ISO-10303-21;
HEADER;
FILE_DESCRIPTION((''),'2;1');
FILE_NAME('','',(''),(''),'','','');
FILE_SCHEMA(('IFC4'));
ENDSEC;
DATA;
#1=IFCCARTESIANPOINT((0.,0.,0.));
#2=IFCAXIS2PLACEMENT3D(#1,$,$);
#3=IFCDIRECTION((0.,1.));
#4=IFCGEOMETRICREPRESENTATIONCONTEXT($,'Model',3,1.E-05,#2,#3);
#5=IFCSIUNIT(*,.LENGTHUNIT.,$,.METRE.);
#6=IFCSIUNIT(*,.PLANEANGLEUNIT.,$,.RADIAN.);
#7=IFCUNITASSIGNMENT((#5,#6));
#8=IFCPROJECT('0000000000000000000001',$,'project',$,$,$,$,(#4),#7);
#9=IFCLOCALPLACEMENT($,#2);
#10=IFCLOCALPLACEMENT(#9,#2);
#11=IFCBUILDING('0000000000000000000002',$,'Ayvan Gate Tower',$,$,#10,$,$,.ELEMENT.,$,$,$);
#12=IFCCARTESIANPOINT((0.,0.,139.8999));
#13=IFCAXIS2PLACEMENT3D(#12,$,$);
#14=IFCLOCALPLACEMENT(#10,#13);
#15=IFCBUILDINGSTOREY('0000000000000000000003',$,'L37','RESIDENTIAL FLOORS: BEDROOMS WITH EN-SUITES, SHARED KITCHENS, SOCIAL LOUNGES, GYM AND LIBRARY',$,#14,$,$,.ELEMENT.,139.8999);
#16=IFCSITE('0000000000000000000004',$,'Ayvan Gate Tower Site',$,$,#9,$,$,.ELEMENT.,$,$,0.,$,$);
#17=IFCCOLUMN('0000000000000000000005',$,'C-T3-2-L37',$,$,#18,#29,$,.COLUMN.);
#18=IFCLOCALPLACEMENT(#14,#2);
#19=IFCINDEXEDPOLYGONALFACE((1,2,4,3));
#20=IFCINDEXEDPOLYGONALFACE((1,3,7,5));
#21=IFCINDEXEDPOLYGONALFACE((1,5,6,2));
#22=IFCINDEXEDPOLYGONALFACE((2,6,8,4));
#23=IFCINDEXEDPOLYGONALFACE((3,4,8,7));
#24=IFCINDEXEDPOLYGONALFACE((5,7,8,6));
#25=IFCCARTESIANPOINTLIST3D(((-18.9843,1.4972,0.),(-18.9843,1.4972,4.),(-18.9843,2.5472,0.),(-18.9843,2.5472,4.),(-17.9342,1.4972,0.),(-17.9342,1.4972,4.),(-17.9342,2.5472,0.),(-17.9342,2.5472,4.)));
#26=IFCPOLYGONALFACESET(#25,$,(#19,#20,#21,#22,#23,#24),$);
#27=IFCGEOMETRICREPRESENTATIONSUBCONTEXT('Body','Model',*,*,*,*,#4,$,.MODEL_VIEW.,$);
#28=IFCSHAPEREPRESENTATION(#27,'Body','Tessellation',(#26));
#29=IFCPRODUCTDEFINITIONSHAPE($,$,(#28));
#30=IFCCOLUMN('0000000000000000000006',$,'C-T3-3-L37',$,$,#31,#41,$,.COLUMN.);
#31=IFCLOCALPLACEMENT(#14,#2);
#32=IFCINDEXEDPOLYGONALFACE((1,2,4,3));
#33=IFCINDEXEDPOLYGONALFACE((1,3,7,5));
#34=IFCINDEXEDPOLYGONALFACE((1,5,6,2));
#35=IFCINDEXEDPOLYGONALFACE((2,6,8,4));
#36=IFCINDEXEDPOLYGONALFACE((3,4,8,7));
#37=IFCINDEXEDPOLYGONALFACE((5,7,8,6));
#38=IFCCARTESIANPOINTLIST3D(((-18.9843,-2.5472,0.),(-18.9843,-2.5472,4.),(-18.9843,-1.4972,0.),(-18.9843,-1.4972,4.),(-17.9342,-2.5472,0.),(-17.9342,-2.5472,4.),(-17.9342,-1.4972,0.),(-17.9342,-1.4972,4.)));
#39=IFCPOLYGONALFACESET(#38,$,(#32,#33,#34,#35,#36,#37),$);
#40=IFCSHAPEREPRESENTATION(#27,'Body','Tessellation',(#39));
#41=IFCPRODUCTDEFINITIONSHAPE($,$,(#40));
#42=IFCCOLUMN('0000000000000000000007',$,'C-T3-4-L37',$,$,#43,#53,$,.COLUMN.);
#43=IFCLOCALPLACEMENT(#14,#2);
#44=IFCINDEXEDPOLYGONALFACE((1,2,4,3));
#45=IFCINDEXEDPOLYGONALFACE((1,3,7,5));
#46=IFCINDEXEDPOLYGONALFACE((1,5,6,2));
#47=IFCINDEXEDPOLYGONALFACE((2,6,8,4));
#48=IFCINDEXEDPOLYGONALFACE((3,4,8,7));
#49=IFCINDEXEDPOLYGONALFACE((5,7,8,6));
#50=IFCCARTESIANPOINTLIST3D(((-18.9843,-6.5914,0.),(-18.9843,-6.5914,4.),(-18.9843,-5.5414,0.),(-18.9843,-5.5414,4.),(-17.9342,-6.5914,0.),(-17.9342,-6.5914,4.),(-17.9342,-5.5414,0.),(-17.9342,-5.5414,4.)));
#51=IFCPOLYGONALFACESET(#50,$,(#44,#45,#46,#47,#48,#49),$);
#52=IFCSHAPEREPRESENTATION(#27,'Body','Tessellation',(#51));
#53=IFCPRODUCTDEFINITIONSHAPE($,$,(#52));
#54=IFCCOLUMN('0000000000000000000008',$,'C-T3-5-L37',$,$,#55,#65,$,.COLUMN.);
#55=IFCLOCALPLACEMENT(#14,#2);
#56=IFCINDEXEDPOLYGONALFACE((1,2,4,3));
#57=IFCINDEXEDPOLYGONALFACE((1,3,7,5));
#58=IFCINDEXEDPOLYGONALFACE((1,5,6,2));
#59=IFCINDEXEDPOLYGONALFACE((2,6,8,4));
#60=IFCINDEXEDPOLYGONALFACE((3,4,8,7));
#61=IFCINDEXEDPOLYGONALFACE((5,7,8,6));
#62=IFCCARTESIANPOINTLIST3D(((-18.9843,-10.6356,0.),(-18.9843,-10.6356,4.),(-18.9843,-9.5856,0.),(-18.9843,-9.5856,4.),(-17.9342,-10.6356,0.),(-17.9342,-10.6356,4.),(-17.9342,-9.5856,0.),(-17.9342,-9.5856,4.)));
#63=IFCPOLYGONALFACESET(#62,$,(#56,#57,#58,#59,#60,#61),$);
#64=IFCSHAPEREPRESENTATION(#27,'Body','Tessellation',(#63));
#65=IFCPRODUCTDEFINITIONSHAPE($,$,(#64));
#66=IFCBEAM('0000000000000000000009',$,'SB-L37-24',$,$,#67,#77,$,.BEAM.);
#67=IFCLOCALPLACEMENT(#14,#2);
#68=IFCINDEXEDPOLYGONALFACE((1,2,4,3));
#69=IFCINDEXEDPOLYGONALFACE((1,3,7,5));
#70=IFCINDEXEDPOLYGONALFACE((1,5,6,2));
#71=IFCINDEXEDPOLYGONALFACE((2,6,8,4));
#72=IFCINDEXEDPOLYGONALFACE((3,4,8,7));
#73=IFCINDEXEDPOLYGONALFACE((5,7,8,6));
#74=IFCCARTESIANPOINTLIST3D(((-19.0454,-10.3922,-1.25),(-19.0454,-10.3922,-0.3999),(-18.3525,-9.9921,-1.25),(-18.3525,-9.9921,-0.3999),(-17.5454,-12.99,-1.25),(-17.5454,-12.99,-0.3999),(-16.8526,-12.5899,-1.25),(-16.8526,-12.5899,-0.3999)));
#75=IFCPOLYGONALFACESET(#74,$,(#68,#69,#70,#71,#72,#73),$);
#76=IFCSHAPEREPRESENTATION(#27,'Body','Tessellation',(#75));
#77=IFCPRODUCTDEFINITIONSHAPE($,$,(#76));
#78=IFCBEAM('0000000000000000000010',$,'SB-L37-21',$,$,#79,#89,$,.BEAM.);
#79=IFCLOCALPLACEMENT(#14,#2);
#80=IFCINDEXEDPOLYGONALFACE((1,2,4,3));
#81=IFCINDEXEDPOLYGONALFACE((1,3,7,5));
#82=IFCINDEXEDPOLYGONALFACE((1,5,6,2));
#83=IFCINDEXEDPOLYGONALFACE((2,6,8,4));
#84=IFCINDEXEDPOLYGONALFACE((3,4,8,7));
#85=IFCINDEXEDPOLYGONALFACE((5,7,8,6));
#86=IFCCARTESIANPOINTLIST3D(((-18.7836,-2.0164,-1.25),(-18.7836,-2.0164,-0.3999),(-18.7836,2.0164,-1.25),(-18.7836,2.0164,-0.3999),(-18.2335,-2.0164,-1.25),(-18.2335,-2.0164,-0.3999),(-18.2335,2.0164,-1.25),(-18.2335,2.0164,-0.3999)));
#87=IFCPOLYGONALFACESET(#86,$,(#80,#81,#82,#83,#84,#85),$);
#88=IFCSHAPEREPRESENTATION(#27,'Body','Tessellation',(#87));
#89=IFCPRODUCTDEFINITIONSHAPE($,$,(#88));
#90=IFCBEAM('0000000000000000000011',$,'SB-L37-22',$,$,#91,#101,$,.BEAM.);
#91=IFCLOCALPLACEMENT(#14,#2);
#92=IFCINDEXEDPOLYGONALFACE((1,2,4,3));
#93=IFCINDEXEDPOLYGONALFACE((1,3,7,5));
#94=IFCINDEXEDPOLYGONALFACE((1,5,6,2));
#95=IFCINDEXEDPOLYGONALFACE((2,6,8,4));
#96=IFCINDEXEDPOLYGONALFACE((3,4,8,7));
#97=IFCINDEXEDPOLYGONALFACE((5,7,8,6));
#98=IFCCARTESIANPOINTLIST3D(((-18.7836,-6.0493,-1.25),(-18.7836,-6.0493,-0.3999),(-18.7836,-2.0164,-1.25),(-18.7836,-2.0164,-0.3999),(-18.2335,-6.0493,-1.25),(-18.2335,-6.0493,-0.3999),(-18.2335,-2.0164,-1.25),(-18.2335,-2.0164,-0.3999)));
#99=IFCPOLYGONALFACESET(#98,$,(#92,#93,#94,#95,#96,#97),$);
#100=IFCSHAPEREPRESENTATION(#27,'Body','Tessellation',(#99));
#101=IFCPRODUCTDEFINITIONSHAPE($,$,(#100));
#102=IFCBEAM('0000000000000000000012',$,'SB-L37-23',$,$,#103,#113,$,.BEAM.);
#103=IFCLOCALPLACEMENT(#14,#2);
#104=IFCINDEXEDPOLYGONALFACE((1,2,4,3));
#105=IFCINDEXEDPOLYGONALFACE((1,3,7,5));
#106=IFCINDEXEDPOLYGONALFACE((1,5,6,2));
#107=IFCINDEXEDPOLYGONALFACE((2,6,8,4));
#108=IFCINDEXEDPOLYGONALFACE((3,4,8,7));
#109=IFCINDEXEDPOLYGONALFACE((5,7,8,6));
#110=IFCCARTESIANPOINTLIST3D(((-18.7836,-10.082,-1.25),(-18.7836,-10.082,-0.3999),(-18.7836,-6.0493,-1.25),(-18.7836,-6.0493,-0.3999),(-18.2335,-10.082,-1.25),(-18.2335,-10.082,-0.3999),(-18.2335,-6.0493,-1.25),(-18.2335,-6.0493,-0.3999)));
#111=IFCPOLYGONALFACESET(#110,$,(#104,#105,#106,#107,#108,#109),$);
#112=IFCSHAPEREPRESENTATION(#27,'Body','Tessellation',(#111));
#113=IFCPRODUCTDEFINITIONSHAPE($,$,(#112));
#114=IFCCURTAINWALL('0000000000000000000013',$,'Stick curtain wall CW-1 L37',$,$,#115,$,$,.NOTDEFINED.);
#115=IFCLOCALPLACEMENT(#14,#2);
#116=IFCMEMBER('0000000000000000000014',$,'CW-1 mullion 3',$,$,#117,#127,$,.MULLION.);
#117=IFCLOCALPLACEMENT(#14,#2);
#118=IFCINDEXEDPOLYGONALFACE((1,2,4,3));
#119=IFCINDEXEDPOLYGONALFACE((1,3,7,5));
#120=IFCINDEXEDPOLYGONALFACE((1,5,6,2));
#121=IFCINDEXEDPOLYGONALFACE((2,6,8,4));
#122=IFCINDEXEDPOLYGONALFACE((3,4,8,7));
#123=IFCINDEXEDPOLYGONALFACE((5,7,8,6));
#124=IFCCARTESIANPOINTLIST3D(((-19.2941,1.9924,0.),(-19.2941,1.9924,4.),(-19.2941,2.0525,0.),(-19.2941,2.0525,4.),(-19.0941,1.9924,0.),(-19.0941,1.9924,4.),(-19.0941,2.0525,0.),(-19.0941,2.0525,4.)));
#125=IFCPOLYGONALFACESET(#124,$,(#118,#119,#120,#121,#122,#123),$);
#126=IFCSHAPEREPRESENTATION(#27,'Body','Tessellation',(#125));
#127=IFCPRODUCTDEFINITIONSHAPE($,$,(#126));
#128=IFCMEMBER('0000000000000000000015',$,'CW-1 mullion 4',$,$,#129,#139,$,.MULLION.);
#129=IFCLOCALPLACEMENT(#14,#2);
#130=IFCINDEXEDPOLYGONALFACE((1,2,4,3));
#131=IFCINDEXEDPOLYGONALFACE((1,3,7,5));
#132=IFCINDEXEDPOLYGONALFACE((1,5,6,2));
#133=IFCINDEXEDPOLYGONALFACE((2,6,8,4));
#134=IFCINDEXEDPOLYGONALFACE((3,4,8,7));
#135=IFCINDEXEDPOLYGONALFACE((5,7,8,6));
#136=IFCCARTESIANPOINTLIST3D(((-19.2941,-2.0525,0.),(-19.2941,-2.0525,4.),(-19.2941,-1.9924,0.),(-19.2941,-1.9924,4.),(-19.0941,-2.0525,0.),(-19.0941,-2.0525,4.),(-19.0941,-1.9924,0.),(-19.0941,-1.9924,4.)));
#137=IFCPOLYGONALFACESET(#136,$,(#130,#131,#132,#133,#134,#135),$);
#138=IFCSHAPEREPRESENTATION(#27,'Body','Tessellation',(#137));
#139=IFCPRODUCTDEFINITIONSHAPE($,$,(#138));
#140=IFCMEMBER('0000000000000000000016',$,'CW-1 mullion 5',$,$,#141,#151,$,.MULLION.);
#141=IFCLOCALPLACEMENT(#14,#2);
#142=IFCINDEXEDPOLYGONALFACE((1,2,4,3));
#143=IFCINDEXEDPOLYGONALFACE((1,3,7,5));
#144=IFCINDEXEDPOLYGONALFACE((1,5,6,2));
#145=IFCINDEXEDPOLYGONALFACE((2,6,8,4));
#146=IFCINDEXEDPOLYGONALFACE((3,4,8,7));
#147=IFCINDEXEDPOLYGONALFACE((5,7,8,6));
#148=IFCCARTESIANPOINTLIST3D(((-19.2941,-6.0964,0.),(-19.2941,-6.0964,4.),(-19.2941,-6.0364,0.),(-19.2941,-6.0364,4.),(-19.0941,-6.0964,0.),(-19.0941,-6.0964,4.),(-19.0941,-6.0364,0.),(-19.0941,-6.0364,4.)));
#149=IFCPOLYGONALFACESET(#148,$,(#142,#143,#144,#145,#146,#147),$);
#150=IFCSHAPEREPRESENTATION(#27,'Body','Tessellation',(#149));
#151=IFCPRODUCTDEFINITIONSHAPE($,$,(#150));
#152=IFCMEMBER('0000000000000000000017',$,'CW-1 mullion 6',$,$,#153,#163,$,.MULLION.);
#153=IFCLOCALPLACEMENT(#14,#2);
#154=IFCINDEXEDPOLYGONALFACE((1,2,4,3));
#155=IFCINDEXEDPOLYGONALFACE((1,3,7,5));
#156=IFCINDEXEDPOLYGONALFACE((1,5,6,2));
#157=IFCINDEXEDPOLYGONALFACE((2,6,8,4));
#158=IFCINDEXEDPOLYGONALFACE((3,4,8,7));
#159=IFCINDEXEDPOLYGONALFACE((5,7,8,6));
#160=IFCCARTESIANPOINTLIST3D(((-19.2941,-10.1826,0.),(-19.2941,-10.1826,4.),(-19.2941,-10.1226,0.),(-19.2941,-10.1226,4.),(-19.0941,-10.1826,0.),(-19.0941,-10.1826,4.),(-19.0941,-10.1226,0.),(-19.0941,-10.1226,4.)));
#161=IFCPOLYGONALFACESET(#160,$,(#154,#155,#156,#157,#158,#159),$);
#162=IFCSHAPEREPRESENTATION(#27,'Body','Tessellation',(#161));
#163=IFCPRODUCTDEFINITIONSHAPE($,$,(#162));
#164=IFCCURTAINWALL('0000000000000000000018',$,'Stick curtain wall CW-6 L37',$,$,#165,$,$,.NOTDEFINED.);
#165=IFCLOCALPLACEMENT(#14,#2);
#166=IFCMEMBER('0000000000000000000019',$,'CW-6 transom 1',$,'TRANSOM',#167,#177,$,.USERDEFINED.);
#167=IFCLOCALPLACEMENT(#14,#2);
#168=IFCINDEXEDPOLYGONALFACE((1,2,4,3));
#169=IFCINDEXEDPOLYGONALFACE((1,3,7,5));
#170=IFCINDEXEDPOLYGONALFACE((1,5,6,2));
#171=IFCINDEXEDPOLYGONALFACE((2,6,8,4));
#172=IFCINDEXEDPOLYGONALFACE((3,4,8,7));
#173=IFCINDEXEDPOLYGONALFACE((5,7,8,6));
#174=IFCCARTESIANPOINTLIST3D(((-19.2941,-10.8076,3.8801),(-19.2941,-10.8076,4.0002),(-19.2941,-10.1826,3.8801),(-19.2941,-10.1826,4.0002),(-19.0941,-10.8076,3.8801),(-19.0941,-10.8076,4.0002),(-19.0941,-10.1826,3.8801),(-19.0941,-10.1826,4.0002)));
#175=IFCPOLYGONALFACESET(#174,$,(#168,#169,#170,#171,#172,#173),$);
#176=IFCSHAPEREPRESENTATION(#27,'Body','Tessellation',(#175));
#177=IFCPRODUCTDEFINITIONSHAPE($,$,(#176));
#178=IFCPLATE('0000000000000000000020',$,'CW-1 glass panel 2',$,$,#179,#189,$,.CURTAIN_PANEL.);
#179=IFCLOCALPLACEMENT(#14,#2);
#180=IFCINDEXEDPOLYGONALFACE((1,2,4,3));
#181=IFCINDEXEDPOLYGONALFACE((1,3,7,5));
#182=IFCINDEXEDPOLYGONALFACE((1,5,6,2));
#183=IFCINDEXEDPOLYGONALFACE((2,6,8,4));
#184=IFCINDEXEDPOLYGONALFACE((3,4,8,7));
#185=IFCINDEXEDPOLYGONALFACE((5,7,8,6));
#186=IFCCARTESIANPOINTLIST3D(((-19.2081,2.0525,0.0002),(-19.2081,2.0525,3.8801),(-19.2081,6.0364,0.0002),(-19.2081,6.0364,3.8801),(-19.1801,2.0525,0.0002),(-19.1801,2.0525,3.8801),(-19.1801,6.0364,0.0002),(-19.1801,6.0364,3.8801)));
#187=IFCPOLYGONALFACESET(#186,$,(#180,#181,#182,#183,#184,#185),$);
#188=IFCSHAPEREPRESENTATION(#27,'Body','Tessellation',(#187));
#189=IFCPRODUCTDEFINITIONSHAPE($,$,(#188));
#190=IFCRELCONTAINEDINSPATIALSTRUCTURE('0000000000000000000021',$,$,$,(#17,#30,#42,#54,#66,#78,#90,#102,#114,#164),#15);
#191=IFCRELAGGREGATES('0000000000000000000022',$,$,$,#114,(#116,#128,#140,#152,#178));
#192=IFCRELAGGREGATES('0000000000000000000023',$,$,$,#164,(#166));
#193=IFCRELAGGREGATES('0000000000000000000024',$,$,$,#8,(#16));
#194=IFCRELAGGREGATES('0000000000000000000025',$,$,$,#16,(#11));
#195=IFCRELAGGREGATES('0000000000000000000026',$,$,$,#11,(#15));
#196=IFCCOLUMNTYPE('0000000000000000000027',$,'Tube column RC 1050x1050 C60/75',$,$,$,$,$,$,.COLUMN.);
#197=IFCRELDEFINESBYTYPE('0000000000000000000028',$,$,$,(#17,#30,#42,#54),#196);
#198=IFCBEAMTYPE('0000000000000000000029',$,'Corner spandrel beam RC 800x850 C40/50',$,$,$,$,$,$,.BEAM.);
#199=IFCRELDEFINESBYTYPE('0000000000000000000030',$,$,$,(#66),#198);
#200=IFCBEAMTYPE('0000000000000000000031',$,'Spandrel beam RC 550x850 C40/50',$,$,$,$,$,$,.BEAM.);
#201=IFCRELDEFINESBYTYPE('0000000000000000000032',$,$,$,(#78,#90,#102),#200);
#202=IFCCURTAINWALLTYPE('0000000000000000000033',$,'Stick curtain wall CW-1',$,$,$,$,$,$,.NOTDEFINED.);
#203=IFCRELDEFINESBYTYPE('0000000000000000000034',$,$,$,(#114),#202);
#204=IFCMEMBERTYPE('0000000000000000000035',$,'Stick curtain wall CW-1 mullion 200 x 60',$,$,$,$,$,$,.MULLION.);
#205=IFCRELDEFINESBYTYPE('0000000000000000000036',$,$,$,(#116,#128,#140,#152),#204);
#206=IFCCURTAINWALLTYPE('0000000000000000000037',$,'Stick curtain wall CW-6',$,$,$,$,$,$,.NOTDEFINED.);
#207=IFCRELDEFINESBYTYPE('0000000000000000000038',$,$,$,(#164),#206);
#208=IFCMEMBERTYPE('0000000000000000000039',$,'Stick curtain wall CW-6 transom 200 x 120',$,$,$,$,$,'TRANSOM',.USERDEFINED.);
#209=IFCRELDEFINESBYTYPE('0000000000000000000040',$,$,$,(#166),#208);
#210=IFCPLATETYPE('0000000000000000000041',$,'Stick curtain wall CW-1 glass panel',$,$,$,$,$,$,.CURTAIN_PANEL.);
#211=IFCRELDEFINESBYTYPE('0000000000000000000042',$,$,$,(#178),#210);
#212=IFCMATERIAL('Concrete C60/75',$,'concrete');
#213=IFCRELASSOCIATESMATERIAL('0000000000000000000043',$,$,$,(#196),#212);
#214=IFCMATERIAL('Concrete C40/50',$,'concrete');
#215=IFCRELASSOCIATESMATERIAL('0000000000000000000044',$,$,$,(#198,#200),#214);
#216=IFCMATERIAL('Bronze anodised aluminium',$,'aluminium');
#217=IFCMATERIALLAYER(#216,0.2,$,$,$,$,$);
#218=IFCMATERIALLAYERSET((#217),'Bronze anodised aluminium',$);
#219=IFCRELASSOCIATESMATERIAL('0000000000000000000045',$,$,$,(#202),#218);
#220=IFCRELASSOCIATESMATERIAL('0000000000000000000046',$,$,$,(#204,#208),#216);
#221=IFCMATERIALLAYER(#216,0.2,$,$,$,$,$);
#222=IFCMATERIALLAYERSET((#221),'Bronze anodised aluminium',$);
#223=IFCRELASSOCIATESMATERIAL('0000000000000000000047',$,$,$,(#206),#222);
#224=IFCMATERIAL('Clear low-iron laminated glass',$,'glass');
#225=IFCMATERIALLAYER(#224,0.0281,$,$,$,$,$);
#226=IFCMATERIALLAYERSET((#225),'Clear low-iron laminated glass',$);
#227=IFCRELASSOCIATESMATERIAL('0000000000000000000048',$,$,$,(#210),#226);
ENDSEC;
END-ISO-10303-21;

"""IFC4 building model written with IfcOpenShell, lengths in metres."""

from ifc_helpers import new_model, si_unit, direction, frame, origin, origin_2d, place, context, subcontext, project, spatial, rectangle, extrude, material, layer, layer_set, material_profile, profile_set, type_object, element, aggregate, save


model = new_model("IFC4")

# Units and contexts
model_context = context("Model", 3, precision=1e-05, world=origin(), true_north=direction((0.0, 1.0)))
body_context = subcontext(model_context, "Body", "Model", "MODEL_VIEW")
ifc_project = project(units=[si_unit("LENGTHUNIT", "METRE"), si_unit("PLANEANGLEUNIT", "RADIAN")], contexts=[model_context])

# Site, building, storey
site_placement = place(None, origin())
site = spatial("IfcSite", under=ifc_project, at=site_placement, Name="Ayvan Gate Tower Site", CompositionType="ELEMENT", RefElevation=0.0)
building_placement = place(site_placement, origin())
building = spatial("IfcBuilding", under=site, at=building_placement, Name="Ayvan Gate Tower", CompositionType="ELEMENT")
storey_placement = place(building_placement, frame((0.0, 0.0, 139.8999)))
storey = spatial("IfcBuildingStorey", under=building, at=storey_placement, Name="L37", Description="RESIDENTIAL FLOORS: BEDROOMS WITH EN-SUITES, SHARED KITCHENS, SOCIAL LOUNGES, GYM AND LIBRARY", CompositionType="ELEMENT", Elevation=139.8999)

# Columns
ifc_material_1 = material(Name="Concrete C60/75", Category="concrete")
ifc_material_profile_1 = material_profile(ifc_material_1, rectangle(XDim=1.05, YDim=1.05, at=origin_2d()), Name="RC 1050x1050")
ifc_profile_set_1 = profile_set([ifc_material_profile_1], Name="Concrete C60/75")
column_type = type_object("IfcColumnType", Name="Tube column RC 1050x1050 C60/75", PredefinedType="COLUMN", material=ifc_profile_set_1)
for number, where, z_axis, x_axis, name in (
    (1, (-18.4592, 2.0222, 0.0), (0.0, 0.0, 1.0), (-1.0, 0.0, 0.0), "C-T3-2-L37"),
    (2, (-18.4592, -2.0222, 0.0), (0.0, 0.0, 1.0), (-1.0, 0.0, 0.0), "C-T3-3-L37"),
    (3, (-18.4592, -6.0664, 0.0), (0.0, 0.0, 1.0), (-1.0, 0.0, 0.0), "C-T3-4-L37"),
    (4, (-18.4592, -10.1106, 0.0), (0.0, 0.0, 1.0), (-1.0, 0.0, 0.0), "C-T3-5-L37"),
):
    element("IfcColumn", number, at=place(storey_placement, frame(where, z_axis=z_axis, x_axis=x_axis)), inside=storey, type_object=column_type, Name=name, PredefinedType="COLUMN", context=body_context, shape_type="SweptSolid", body=[
        extrude(rectangle(XDim=1.05, YDim=1.05, at=origin_2d()), origin(), (0.0, 0.0, 1.0), 4.0),
    ])

# Beams
ifc_material_2 = material(Name="Concrete C40/50", Category="concrete")
ifc_material_profile_2 = material_profile(ifc_material_2, rectangle(XDim=0.8, YDim=0.8501, at=origin_2d()), Name="RC 800x850")
ifc_profile_set_2 = profile_set([ifc_material_profile_2], Name="Concrete C40/50")
beam_type_1 = type_object("IfcBeamType", Name="Corner spandrel beam RC 800x850 C40/50", PredefinedType="BEAM", material=ifc_profile_set_2)
beam_1_placement = place(storey_placement, frame((-18.699, -10.1921, -0.825), z_axis=(0.500025, -0.866011, 0.0), x_axis=(0.866011, 0.500025, 0.0)))
element("IfcBeam", 5, at=beam_1_placement, inside=storey, type_object=beam_type_1, Name="SB-L37-24", PredefinedType="BEAM", context=body_context, shape_type="SweptSolid", body=[
    extrude(rectangle(XDim=0.8, YDim=0.8501, at=origin_2d()), origin(), (0.0, 0.0, 1.0), 2.9998),
])
ifc_material_profile_3 = material_profile(ifc_material_2, rectangle(XDim=0.55, YDim=0.8501, at=origin_2d()), Name="RC 550x850")
ifc_profile_set_3 = profile_set([ifc_material_profile_3], Name="Concrete C40/50")
beam_type_2 = type_object("IfcBeamType", Name="Spandrel beam RC 550x850 C40/50", PredefinedType="BEAM", material=ifc_profile_set_3)
beam_2_placement = place(storey_placement, frame((-18.5085, 2.0164, -0.825), z_axis=(0.0, -1.0, 0.0), x_axis=(1.0, 0.0, 0.0)))
element("IfcBeam", 6, at=beam_2_placement, inside=storey, type_object=beam_type_2, Name="SB-L37-21", PredefinedType="BEAM", context=body_context, shape_type="SweptSolid", body=[
    extrude(rectangle(XDim=0.55, YDim=0.8501, at=origin_2d()), origin(), (0.0, 0.0, 1.0), 4.0327),
])
beam_3_placement = place(storey_placement, frame((-18.5085, -2.0164, -0.825), z_axis=(0.0, -1.0, 0.0), x_axis=(1.0, 0.0, 0.0)))
element("IfcBeam", 7, at=beam_3_placement, inside=storey, type_object=beam_type_2, Name="SB-L37-22", PredefinedType="BEAM", context=body_context, shape_type="SweptSolid", body=[
    extrude(rectangle(XDim=0.55, YDim=0.8501, at=origin_2d()), origin(), (0.0, 0.0, 1.0), 4.033),
])
beam_4_placement = place(storey_placement, frame((-18.5085, -6.0493, -0.825), z_axis=(0.0, -1.0, 0.0), x_axis=(1.0, 0.0, 0.0)))
element("IfcBeam", 8, at=beam_4_placement, inside=storey, type_object=beam_type_2, Name="SB-L37-23", PredefinedType="BEAM", context=body_context, shape_type="SweptSolid", body=[
    extrude(rectangle(XDim=0.55, YDim=0.8501, at=origin_2d()), origin(), (0.0, 0.0, 1.0), 4.0327),
])

# Curtain wall, members
ifc_material_3 = material(Name="Bronze anodised aluminium", Category="aluminium")
ifc_layer_1 = layer(ifc_material_3, 0.2)
ifc_layer_set_1 = layer_set([ifc_layer_1], Name="Bronze anodised aluminium")
curtain_wall_type_1 = type_object("IfcCurtainWallType", Name="Stick curtain wall CW-1", PredefinedType="NOTDEFINED", material=ifc_layer_set_1)
curtain_wall_1_placement = place(storey_placement, origin())
curtain_wall_1 = element("IfcCurtainWall", 9, at=curtain_wall_1_placement, inside=storey, type_object=curtain_wall_type_1, Name="Stick curtain wall CW-1 L37", PredefinedType="NOTDEFINED")
ifc_material_profile_4 = material_profile(ifc_material_3, rectangle(XDim=0.2, YDim=0.0601, at=origin_2d()), Name="Stick curtain wall CW-1 mullion 200 x 60")
ifc_profile_set_4 = profile_set([ifc_material_profile_4], Name="Bronze anodised aluminium")
member_type_1 = type_object("IfcMemberType", Name="Stick curtain wall CW-1 mullion 200 x 60", PredefinedType="MULLION", material=ifc_profile_set_4)
member_1_placement = place(storey_placement, frame((-19.1941, 2.0225, 0.0), z_axis=(0.0, 0.0, 1.0), x_axis=(-1.0, 0.0, 0.0)))
member_1 = element("IfcMember", 10, at=member_1_placement, type_object=member_type_1, Name="CW-1 mullion 3", PredefinedType="MULLION", context=body_context, shape_type="SweptSolid", body=[
    extrude(rectangle(XDim=0.2, YDim=0.0601, at=origin_2d()), origin(), (0.0, 0.0, 1.0), 4.0),
])
member_2_placement = place(storey_placement, frame((-19.1941, -2.0225, 0.0), z_axis=(0.0, 0.0, 1.0), x_axis=(-1.0, 0.0, 0.0)))
member_2 = element("IfcMember", 11, at=member_2_placement, type_object=member_type_1, Name="CW-1 mullion 4", PredefinedType="MULLION", context=body_context, shape_type="SweptSolid", body=[
    extrude(rectangle(XDim=0.2, YDim=0.0601, at=origin_2d()), origin(), (0.0, 0.0, 1.0), 4.0),
])
member_3_placement = place(storey_placement, frame((-19.1941, -6.0664, 0.0), z_axis=(0.0, 0.0, 1.0), x_axis=(-1.0, 0.0, 0.0)))
member_3 = element("IfcMember", 12, at=member_3_placement, type_object=member_type_1, Name="CW-1 mullion 5", PredefinedType="MULLION", context=body_context, shape_type="SweptSolid", body=[
    extrude(rectangle(XDim=0.2, YDim=0.0601, at=origin_2d()), origin(), (0.0, 0.0, 1.0), 4.0),
])
member_4_placement = place(storey_placement, frame((-19.1941, -10.1526, 0.0), z_axis=(0.0, 0.0, 1.0), x_axis=(-1.0, 0.0, 0.0)))
member_4 = element("IfcMember", 13, at=member_4_placement, type_object=member_type_1, Name="CW-1 mullion 6", PredefinedType="MULLION", context=body_context, shape_type="SweptSolid", body=[
    extrude(rectangle(XDim=0.2, YDim=0.0601, at=origin_2d()), origin(), (0.0, 0.0, 1.0), 4.0),
])

# Curtain wall, member
ifc_layer_2 = layer(ifc_material_3, 0.2)
ifc_layer_set_2 = layer_set([ifc_layer_2], Name="Bronze anodised aluminium")
curtain_wall_type_2 = type_object("IfcCurtainWallType", Name="Stick curtain wall CW-6", PredefinedType="NOTDEFINED", material=ifc_layer_set_2)
curtain_wall_2_placement = place(storey_placement, origin())
curtain_wall_2 = element("IfcCurtainWall", 14, at=curtain_wall_2_placement, inside=storey, type_object=curtain_wall_type_2, Name="Stick curtain wall CW-6 L37", PredefinedType="NOTDEFINED")
ifc_material_profile_5 = material_profile(ifc_material_3, rectangle(XDim=0.2, YDim=0.1201, at=origin_2d()), Name="Stick curtain wall CW-6 transom 200 x 120")
ifc_profile_set_5 = profile_set([ifc_material_profile_5], Name="Bronze anodised aluminium")
member_type_2 = type_object("IfcMemberType", Name="Stick curtain wall CW-6 transom 200 x 120", ElementType="TRANSOM", PredefinedType="USERDEFINED", material=ifc_profile_set_5)
member_5_placement = place(storey_placement, frame((-19.1941, -10.1826, 3.9402), z_axis=(0.0, -1.0, 0.0), x_axis=(1.0, 0.0, 0.0)))
member_5 = element("IfcMember", 15, at=member_5_placement, type_object=member_type_2, Name="CW-6 transom 1", ObjectType="TRANSOM", PredefinedType="USERDEFINED", context=body_context, shape_type="SweptSolid", body=[
    extrude(rectangle(XDim=0.2, YDim=0.1201, at=origin_2d()), origin(), (0.0, 0.0, 1.0), 0.625),
])

# Plate
ifc_material_4 = material(Name="Clear low-iron laminated glass", Category="glass")
ifc_layer_3 = layer(ifc_material_4, 0.0281)
ifc_layer_set_3 = layer_set([ifc_layer_3], Name="Clear low-iron laminated glass")
plate_type_1 = type_object("IfcPlateType", Name="Stick curtain wall CW-1 glass panel", PredefinedType="CURTAIN_PANEL", material=ifc_layer_set_3)
plate_1_placement = place(storey_placement, frame((-19.1941, 4.0444, 0.0002), z_axis=(0.0, 0.0, 1.0), x_axis=(0.0, -1.0, 0.0)))
plate_1 = element("IfcPlate", 16, at=plate_1_placement, type_object=plate_type_1, Name="CW-1 glass panel 2", PredefinedType="CURTAIN_PANEL", context=body_context, shape_type="SweptSolid", body=[
    extrude(rectangle(XDim=3.9839, YDim=0.0281, at=origin_2d()), origin(), (0.0, 0.0, 1.0), 3.8799),
])
aggregate(curtain_wall_1, [member_1, member_2, member_3, member_4, plate_1])
aggregate(curtain_wall_2, [member_5])

save(model, "model.ifc")
